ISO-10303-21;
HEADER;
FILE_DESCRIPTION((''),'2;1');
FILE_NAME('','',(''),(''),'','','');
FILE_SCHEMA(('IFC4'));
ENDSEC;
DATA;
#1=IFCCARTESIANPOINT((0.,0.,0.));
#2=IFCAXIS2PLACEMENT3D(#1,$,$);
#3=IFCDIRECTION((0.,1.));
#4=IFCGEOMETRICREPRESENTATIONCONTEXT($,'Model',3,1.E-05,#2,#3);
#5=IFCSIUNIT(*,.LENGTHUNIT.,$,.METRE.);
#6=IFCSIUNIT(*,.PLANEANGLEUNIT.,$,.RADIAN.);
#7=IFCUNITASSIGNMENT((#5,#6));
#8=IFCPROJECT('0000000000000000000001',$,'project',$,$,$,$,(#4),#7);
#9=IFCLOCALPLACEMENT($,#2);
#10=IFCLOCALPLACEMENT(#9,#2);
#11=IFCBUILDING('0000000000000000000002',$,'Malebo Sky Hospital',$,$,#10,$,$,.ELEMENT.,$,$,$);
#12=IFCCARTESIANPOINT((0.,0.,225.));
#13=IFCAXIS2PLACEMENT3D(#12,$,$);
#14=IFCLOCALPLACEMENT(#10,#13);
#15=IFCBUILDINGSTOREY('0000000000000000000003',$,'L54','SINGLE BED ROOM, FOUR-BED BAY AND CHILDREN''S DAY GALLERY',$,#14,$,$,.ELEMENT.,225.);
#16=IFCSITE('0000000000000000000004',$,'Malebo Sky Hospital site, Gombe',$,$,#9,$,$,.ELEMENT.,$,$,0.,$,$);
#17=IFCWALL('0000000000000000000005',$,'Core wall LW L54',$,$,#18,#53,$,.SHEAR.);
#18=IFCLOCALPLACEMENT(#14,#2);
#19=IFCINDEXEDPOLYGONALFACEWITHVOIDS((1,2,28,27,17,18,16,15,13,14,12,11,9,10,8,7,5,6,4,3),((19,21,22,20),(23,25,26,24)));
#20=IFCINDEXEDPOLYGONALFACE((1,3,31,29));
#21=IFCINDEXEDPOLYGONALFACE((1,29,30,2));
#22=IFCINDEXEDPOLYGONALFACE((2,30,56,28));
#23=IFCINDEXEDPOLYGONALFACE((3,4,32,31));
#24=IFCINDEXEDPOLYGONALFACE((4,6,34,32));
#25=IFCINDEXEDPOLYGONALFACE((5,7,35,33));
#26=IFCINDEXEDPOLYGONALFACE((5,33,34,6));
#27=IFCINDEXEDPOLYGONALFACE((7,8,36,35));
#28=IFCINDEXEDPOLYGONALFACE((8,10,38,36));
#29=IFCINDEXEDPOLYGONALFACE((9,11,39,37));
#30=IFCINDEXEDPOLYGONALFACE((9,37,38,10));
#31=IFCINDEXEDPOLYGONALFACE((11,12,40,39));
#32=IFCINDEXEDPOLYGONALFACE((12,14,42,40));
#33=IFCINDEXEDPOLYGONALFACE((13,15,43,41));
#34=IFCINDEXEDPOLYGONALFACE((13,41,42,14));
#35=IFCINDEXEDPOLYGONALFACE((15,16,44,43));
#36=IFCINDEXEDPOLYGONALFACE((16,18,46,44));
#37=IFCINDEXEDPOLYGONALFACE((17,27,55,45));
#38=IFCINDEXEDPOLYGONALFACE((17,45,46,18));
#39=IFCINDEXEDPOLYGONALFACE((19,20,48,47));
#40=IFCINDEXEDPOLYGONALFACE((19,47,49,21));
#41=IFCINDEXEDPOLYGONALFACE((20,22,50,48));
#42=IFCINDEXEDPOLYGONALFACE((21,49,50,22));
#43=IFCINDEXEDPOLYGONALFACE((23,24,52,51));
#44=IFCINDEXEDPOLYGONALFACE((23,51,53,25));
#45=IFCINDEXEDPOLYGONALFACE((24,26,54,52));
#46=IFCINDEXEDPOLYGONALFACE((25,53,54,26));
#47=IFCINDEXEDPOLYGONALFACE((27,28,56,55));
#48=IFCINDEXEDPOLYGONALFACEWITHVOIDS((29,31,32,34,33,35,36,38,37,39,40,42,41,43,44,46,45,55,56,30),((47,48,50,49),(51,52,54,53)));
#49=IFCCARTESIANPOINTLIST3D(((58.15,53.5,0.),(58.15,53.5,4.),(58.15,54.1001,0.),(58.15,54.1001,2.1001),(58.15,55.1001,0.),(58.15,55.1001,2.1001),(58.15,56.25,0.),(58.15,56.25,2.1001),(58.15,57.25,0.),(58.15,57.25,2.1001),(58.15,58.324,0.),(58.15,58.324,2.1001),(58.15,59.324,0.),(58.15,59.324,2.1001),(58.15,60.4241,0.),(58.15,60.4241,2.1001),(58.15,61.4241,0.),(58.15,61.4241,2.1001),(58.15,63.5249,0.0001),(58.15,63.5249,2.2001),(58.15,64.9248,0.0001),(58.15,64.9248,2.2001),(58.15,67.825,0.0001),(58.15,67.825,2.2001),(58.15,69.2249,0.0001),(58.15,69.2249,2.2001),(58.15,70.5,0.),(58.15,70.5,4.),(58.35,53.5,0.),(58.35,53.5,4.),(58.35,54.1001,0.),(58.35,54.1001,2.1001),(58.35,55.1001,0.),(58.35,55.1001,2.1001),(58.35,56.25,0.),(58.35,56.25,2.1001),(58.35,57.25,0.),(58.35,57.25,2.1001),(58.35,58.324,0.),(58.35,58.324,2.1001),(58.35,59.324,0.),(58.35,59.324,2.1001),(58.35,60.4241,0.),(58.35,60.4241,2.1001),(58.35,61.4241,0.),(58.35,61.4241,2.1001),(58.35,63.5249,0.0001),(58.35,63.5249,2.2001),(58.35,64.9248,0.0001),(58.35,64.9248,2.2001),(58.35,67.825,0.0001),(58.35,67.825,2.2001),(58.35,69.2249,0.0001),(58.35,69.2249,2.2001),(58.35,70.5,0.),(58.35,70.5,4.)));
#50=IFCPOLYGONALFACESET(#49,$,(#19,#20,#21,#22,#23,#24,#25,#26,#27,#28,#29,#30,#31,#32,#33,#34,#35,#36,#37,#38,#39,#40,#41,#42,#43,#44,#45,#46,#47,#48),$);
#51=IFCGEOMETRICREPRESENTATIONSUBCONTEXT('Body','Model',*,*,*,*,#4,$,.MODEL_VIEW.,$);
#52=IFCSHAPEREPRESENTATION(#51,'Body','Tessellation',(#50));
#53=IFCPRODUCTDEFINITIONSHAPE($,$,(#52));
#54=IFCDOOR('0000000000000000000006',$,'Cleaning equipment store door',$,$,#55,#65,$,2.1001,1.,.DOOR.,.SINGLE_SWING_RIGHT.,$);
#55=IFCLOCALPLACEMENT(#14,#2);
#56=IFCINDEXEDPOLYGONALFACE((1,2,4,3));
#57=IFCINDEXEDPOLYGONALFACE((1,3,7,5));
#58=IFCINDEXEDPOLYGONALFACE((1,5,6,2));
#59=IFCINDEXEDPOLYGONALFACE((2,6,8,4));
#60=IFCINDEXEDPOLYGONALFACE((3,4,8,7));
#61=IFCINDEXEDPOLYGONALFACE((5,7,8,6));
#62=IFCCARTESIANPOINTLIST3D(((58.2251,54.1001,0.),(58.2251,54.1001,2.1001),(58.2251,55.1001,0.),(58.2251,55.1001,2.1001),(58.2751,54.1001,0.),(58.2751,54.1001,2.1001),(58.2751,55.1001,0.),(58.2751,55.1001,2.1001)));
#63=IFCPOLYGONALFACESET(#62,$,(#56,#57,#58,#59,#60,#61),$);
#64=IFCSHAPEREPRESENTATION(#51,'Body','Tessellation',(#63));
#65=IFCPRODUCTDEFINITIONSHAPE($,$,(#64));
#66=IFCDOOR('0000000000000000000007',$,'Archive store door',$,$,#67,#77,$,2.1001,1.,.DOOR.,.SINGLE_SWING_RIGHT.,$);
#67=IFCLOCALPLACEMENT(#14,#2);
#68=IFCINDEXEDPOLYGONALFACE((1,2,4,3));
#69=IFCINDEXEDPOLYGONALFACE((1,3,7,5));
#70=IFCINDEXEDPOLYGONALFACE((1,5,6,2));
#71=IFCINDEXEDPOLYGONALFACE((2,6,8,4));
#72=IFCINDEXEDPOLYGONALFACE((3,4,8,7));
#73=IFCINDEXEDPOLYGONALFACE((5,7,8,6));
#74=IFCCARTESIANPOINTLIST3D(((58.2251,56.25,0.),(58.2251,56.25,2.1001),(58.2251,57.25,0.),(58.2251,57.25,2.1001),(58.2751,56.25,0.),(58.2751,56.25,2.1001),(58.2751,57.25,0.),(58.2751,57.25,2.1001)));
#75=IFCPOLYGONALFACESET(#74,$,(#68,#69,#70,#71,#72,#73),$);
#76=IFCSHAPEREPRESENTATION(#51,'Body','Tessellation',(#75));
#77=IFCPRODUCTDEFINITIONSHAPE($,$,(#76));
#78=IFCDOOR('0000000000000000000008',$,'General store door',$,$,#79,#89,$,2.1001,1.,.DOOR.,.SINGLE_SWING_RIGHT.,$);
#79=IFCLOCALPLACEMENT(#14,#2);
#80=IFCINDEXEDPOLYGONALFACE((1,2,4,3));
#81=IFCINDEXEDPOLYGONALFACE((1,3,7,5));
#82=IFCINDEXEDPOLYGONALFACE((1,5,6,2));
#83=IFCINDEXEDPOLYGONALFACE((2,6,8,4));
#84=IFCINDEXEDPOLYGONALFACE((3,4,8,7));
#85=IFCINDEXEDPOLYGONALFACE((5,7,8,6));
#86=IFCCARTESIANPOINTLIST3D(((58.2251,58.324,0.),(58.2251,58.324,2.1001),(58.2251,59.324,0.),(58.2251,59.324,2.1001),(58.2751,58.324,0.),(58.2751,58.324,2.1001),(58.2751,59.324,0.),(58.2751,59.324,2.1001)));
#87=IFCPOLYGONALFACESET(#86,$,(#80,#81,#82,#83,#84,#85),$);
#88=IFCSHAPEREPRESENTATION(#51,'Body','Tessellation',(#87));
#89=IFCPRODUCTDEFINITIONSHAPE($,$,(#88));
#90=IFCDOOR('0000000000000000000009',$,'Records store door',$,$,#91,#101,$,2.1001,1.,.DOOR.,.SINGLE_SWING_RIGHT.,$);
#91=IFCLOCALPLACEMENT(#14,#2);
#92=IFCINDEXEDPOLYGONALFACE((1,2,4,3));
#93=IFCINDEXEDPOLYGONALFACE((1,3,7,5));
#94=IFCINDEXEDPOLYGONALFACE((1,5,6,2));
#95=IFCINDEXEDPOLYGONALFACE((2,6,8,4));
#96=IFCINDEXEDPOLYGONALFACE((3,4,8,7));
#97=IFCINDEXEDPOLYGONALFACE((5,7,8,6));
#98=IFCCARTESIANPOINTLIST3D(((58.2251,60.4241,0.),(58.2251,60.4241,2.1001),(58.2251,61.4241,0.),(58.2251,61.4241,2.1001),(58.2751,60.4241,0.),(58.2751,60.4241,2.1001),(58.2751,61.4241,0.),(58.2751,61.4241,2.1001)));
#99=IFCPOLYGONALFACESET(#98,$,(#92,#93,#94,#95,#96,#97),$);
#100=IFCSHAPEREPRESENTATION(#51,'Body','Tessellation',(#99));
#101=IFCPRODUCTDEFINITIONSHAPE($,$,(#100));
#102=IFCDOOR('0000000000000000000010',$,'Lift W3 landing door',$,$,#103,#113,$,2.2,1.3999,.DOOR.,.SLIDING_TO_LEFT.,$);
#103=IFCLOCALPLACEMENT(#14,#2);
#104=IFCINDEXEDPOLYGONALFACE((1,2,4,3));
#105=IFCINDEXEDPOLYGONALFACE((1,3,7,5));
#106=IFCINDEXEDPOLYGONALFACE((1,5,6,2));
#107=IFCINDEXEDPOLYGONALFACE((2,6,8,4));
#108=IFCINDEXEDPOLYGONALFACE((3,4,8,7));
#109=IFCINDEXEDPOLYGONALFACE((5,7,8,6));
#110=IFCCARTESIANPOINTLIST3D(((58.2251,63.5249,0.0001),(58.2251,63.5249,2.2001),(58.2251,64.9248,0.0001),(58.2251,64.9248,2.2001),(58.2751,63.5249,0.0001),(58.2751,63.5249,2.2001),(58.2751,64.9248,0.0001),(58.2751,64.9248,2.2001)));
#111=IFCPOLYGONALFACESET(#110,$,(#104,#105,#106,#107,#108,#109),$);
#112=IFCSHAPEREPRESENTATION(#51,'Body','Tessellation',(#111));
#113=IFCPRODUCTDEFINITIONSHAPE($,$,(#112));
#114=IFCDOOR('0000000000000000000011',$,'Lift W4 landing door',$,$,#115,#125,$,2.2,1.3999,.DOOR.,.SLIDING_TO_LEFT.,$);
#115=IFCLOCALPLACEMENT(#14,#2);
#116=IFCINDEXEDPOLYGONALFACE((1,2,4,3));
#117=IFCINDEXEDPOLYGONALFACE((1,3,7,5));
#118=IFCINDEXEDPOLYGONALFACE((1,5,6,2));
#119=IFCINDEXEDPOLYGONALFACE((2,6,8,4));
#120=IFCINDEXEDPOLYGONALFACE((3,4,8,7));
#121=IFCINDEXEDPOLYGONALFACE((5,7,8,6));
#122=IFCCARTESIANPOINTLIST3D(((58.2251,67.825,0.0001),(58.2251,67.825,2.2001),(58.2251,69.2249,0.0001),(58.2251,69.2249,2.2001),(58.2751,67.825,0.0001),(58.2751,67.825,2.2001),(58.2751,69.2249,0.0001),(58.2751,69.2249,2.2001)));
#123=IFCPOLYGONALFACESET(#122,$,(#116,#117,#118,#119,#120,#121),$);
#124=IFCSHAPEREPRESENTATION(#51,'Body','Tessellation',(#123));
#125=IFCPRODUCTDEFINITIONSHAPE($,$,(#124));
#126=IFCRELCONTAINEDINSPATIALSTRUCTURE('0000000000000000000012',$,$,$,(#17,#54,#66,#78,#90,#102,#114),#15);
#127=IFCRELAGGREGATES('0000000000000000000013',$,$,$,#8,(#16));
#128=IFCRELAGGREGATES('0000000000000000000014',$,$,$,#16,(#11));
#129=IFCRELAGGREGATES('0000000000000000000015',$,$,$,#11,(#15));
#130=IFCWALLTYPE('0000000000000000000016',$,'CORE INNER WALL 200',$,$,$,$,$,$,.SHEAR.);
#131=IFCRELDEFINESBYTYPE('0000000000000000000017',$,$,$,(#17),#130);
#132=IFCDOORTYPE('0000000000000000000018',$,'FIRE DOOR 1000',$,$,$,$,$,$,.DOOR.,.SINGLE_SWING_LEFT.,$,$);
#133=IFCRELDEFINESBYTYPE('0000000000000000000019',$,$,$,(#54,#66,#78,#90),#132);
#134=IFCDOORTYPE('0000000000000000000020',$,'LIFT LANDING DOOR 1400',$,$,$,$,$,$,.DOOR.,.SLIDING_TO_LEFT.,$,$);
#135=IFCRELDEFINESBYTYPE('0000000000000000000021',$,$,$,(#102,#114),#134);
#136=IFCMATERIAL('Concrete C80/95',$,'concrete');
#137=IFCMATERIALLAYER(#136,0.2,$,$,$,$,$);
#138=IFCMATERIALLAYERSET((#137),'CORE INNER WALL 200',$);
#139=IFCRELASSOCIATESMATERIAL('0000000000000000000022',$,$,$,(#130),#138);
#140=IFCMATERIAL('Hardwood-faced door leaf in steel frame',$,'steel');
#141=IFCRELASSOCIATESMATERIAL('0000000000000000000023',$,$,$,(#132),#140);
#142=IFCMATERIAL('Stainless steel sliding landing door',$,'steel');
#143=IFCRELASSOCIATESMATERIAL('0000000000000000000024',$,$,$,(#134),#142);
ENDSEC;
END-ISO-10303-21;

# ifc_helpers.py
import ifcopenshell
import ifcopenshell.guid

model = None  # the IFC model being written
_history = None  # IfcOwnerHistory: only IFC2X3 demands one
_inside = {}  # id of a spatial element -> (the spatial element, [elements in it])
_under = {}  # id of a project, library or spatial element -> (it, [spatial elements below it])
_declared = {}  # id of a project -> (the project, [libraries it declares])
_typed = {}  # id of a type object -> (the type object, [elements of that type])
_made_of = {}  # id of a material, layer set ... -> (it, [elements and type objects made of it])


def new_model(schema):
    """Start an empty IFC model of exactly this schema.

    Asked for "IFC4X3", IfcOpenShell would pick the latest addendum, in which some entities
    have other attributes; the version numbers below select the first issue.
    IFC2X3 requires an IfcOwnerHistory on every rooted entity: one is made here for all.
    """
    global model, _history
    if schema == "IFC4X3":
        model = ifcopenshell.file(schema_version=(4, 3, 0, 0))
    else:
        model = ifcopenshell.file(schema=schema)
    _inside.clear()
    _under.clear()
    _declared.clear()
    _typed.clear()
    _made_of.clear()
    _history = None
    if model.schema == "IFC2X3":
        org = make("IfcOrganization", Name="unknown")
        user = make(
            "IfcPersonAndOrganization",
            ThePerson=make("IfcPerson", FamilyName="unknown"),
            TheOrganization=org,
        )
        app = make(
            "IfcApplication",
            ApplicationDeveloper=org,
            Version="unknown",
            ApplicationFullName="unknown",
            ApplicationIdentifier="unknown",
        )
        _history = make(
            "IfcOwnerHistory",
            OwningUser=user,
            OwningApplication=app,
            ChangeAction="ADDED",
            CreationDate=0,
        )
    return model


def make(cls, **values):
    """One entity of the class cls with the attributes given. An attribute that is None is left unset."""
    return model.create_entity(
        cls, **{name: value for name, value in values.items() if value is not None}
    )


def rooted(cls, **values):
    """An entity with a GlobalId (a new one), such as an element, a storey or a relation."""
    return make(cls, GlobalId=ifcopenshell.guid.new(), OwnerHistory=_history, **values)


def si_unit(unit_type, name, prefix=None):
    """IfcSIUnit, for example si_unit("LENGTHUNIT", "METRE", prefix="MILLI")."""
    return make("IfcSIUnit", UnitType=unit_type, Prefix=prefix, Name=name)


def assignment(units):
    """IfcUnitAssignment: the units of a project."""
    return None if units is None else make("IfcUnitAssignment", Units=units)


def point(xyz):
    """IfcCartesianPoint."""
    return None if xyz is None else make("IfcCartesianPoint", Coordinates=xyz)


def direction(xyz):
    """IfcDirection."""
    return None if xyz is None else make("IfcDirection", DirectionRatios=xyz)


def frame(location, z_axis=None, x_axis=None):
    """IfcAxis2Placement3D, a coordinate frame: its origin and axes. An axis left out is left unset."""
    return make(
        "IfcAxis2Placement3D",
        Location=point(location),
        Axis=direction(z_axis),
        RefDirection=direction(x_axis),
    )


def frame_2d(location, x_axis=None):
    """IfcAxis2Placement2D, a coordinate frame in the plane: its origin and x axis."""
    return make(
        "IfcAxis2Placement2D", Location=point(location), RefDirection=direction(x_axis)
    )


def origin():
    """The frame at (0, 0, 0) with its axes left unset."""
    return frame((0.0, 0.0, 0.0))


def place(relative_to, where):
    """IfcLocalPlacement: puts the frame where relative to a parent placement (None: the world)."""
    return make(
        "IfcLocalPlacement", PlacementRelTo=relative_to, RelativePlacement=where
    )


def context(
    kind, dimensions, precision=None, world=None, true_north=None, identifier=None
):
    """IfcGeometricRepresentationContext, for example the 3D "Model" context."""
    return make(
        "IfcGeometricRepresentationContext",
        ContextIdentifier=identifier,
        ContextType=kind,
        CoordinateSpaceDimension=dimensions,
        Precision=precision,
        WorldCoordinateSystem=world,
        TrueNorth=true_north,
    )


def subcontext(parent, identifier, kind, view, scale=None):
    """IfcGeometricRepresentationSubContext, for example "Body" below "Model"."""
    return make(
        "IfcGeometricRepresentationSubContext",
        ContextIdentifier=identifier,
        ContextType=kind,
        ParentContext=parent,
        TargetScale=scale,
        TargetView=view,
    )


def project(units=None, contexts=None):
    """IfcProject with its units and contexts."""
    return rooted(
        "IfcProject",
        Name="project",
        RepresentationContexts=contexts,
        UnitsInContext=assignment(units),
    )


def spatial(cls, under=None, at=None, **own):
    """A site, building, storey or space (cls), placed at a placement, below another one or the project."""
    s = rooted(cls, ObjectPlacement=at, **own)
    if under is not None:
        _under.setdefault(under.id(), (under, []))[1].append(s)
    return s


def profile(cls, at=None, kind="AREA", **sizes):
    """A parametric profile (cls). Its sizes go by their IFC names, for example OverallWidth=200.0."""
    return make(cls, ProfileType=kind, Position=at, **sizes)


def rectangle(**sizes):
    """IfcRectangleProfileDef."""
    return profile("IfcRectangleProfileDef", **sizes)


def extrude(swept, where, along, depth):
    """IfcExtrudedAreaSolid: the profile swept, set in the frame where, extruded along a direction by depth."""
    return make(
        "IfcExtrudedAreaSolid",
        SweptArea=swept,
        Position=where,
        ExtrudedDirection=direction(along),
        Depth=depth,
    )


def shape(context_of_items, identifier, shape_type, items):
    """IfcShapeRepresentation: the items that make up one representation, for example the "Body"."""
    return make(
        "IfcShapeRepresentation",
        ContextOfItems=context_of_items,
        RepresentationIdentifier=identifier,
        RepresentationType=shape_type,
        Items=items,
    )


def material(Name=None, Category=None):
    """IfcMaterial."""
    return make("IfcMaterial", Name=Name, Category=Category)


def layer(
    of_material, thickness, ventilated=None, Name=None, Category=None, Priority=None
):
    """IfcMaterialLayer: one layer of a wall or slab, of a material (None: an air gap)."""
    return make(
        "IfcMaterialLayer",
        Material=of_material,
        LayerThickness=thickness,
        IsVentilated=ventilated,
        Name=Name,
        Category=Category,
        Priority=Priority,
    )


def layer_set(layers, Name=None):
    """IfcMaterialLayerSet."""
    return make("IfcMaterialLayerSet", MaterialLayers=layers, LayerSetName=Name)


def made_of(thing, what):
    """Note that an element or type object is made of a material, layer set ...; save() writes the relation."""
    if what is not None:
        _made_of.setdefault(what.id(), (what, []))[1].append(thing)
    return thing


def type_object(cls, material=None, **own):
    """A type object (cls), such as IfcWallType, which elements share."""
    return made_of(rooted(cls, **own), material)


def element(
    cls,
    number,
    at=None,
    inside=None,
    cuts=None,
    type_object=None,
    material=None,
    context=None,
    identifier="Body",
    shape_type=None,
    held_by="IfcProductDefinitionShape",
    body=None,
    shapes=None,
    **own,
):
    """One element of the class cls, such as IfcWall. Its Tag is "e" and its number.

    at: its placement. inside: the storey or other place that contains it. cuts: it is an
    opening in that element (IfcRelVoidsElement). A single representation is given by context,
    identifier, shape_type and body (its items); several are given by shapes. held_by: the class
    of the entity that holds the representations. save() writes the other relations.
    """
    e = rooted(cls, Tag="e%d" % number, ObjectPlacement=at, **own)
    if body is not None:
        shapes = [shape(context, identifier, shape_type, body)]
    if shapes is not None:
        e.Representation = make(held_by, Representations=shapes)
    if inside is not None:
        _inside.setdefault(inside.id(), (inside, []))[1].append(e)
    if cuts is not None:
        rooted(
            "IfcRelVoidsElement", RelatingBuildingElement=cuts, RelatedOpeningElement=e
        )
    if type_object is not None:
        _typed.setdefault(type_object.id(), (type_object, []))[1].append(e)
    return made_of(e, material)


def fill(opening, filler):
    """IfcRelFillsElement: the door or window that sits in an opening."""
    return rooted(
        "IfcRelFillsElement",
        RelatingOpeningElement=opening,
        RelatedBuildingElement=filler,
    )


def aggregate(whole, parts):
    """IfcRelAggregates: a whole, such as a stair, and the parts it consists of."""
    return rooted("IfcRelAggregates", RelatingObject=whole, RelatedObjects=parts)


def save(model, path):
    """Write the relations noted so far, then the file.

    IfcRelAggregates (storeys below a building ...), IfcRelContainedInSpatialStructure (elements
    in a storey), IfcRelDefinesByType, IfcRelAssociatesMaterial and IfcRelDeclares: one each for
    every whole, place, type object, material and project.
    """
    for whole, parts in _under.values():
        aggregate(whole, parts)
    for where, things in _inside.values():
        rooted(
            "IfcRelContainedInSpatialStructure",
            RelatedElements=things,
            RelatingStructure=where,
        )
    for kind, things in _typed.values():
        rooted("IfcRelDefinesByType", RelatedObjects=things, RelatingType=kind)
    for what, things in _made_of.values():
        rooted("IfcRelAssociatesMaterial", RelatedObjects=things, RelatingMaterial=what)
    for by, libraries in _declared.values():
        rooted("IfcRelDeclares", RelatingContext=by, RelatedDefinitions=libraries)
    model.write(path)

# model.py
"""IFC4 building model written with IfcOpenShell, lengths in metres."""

from ifc_helpers import new_model, si_unit, direction, frame, frame_2d, origin, place, context, subcontext, project, spatial, rectangle, extrude, material, layer, layer_set, type_object, element, fill, save


model = new_model("IFC4")

# Units and contexts
model_context = context("Model", 3, precision=1e-05, world=origin(), true_north=direction((0.0, 1.0)))
body_context = subcontext(model_context, "Body", "Model", "MODEL_VIEW")
ifc_project = project(units=[si_unit("LENGTHUNIT", "METRE"), si_unit("PLANEANGLEUNIT", "RADIAN")], contexts=[model_context])

# Site, building, storey
site_placement = place(None, origin())
site = spatial("IfcSite", under=ifc_project, at=site_placement, Name="Malebo Sky Hospital site, Gombe", CompositionType="ELEMENT", RefElevation=0.0)
building_placement = place(site_placement, origin())
building = spatial("IfcBuilding", under=site, at=building_placement, Name="Malebo Sky Hospital", CompositionType="ELEMENT")
storey_placement = place(building_placement, frame((0.0, 0.0, 225.0)))
storey = spatial("IfcBuildingStorey", under=building, at=storey_placement, Name="L54", Description="SINGLE BED ROOM, FOUR-BED BAY AND CHILDREN'S DAY GALLERY", CompositionType="ELEMENT", Elevation=225.0)

# Wall, openings, doors
ifc_material_1 = material(Name="Concrete C80/95", Category="concrete")
ifc_layer_1 = layer(ifc_material_1, 0.2)
ifc_layer_set_1 = layer_set([ifc_layer_1], Name="CORE INNER WALL 200")
wall_type_1 = type_object("IfcWallType", Name="CORE INNER WALL 200", PredefinedType="SHEAR", material=ifc_layer_set_1)
wall_1_placement = place(storey_placement, frame((58.25, 53.5, 0.0), z_axis=(0.0, 0.0, 1.0), x_axis=(0.0, 1.0, 0.0)))
wall_1 = element("IfcWall", 1, at=wall_1_placement, inside=storey, type_object=wall_type_1, Name="Core wall LW L54", PredefinedType="SHEAR", context=body_context, shape_type="SweptSolid", body=[
    extrude(rectangle(XDim=17.0, YDim=0.2, at=frame_2d((8.5, 0.0))), origin(), (0.0, 0.0, 1.0), 4.0),
])
opening_1_placement = place(wall_1_placement, frame((0.6001, 0.0, 0.0)))
opening_1 = element("IfcOpeningElement", 2, at=opening_1_placement, cuts=wall_1, PredefinedType="OPENING", context=body_context, shape_type="SweptSolid", body=[
    extrude(rectangle(XDim=1.0, YDim=2.1001, at=frame_2d((0.5, 1.05))), frame((0.0, 0.1099, 0.0), z_axis=(0.0, -1.0, 0.0), x_axis=(1.0, 0.0, 0.0)), (0.0, 0.0, 1.0), 0.22),
])
opening_2_placement = place(wall_1_placement, frame((2.75, 0.0, 0.0)))
opening_2 = element("IfcOpeningElement", 3, at=opening_2_placement, cuts=wall_1, PredefinedType="OPENING", context=body_context, shape_type="SweptSolid", body=[
    extrude(rectangle(XDim=1.0, YDim=2.1001, at=frame_2d((0.5, 1.05))), frame((0.0, 0.1099, 0.0), z_axis=(0.0, -1.0, 0.0), x_axis=(1.0, 0.0, 0.0)), (0.0, 0.0, 1.0), 0.22),
])
opening_3_placement = place(wall_1_placement, frame((4.824, 0.0, 0.0)))
opening_3 = element("IfcOpeningElement", 4, at=opening_3_placement, cuts=wall_1, PredefinedType="OPENING", context=body_context, shape_type="SweptSolid", body=[
    extrude(rectangle(XDim=1.0, YDim=2.1001, at=frame_2d((0.5, 1.05))), frame((0.0, 0.1099, 0.0), z_axis=(0.0, -1.0, 0.0), x_axis=(1.0, 0.0, 0.0)), (0.0, 0.0, 1.0), 0.22),
])
opening_4_placement = place(wall_1_placement, frame((6.9241, 0.0, 0.0)))
opening_4 = element("IfcOpeningElement", 5, at=opening_4_placement, cuts=wall_1, PredefinedType="OPENING", context=body_context, shape_type="SweptSolid", body=[
    extrude(rectangle(XDim=1.0, YDim=2.1001, at=frame_2d((0.5, 1.05))), frame((0.0, 0.1099, 0.0), z_axis=(0.0, -1.0, 0.0), x_axis=(1.0, 0.0, 0.0)), (0.0, 0.0, 1.0), 0.22),
])
opening_5_placement = place(wall_1_placement, frame((10.0249, 0.0, 0.0)))
opening_5 = element("IfcOpeningElement", 6, at=opening_5_placement, cuts=wall_1, PredefinedType="OPENING", context=body_context, shape_type="SweptSolid", body=[
    extrude(rectangle(XDim=1.3999, YDim=2.2, at=frame_2d((0.7, 1.1001))), frame((0.0, 0.1099, 0.0), z_axis=(0.0, -1.0, 0.0), x_axis=(1.0, 0.0, 0.0)), (0.0, 0.0, 1.0), 0.22),
])
opening_6_placement = place(wall_1_placement, frame((14.325, 0.0, 0.0)))
opening_6 = element("IfcOpeningElement", 7, at=opening_6_placement, cuts=wall_1, PredefinedType="OPENING", context=body_context, shape_type="SweptSolid", body=[
    extrude(rectangle(XDim=1.3999, YDim=2.2, at=frame_2d((0.7, 1.1001))), frame((0.0, 0.1099, 0.0), z_axis=(0.0, -1.0, 0.0), x_axis=(1.0, 0.0, 0.0)), (0.0, 0.0, 1.0), 0.22),
])
ifc_material_2 = material(Name="Hardwood-faced door leaf in steel frame", Category="steel")
door_type_1 = type_object("IfcDoorType", Name="FIRE DOOR 1000", OperationType="SINGLE_SWING_LEFT", PredefinedType="DOOR", material=ifc_material_2)
door_1_placement = place(opening_1_placement, origin())
door_1 = element("IfcDoor", 8, at=door_1_placement, inside=storey, type_object=door_type_1, Name="Cleaning equipment store door", OperationType="SINGLE_SWING_RIGHT", OverallHeight=2.1001, OverallWidth=1.0, PredefinedType="DOOR", context=body_context, shape_type="SweptSolid", body=[
    extrude(rectangle(XDim=1.0, YDim=2.1001, at=frame_2d((0.5, 1.05))), frame((0.0, 0.0249, 0.0), z_axis=(0.0, -1.0, 0.0), x_axis=(1.0, 0.0, 0.0)), (0.0, 0.0, 1.0), 0.05),
])
fill(opening_1, door_1)
door_2_placement = place(opening_2_placement, origin())
door_2 = element("IfcDoor", 9, at=door_2_placement, inside=storey, type_object=door_type_1, Name="Archive store door", OperationType="SINGLE_SWING_RIGHT", OverallHeight=2.1001, OverallWidth=1.0, PredefinedType="DOOR", context=body_context, shape_type="SweptSolid", body=[
    extrude(rectangle(XDim=1.0, YDim=2.1001, at=frame_2d((0.5, 1.05))), frame((0.0, 0.0249, 0.0), z_axis=(0.0, -1.0, 0.0), x_axis=(1.0, 0.0, 0.0)), (0.0, 0.0, 1.0), 0.05),
])
fill(opening_2, door_2)
door_3_placement = place(opening_3_placement, origin())
door_3 = element("IfcDoor", 10, at=door_3_placement, inside=storey, type_object=door_type_1, Name="General store door", OperationType="SINGLE_SWING_RIGHT", OverallHeight=2.1001, OverallWidth=1.0, PredefinedType="DOOR", context=body_context, shape_type="SweptSolid", body=[
    extrude(rectangle(XDim=1.0, YDim=2.1001, at=frame_2d((0.5, 1.05))), frame((0.0, 0.0249, 0.0), z_axis=(0.0, -1.0, 0.0), x_axis=(1.0, 0.0, 0.0)), (0.0, 0.0, 1.0), 0.05),
])
fill(opening_3, door_3)
door_4_placement = place(opening_4_placement, origin())
door_4 = element("IfcDoor", 11, at=door_4_placement, inside=storey, type_object=door_type_1, Name="Records store door", OperationType="SINGLE_SWING_RIGHT", OverallHeight=2.1001, OverallWidth=1.0, PredefinedType="DOOR", context=body_context, shape_type="SweptSolid", body=[
    extrude(rectangle(XDim=1.0, YDim=2.1001, at=frame_2d((0.5, 1.05))), frame((0.0, 0.0249, 0.0), z_axis=(0.0, -1.0, 0.0), x_axis=(1.0, 0.0, 0.0)), (0.0, 0.0, 1.0), 0.05),
])
fill(opening_4, door_4)
ifc_material_3 = material(Name="Stainless steel sliding landing door", Category="steel")
door_type_2 = type_object("IfcDoorType", Name="LIFT LANDING DOOR 1400", OperationType="SLIDING_TO_LEFT", PredefinedType="DOOR", material=ifc_material_3)
door_5_placement = place(opening_5_placement, origin())
door_5 = element("IfcDoor", 12, at=door_5_placement, inside=storey, type_object=door_type_2, Name="Lift W3 landing door", OperationType="SLIDING_TO_LEFT", OverallHeight=2.2, OverallWidth=1.3999, PredefinedType="DOOR", context=body_context, shape_type="SweptSolid", body=[
    extrude(rectangle(XDim=1.3999, YDim=2.2, at=frame_2d((0.7, 1.1001))), frame((0.0, 0.0249, 0.0), z_axis=(0.0, -1.0, 0.0), x_axis=(1.0, 0.0, 0.0)), (0.0, 0.0, 1.0), 0.05),
])
fill(opening_5, door_5)
door_6_placement = place(opening_6_placement, origin())
door_6 = element("IfcDoor", 13, at=door_6_placement, inside=storey, type_object=door_type_2, Name="Lift W4 landing door", OperationType="SLIDING_TO_LEFT", OverallHeight=2.2, OverallWidth=1.3999, PredefinedType="DOOR", context=body_context, shape_type="SweptSolid", body=[
    extrude(rectangle(XDim=1.3999, YDim=2.2, at=frame_2d((0.7, 1.1001))), frame((0.0, 0.0249, 0.0), z_axis=(0.0, -1.0, 0.0), x_axis=(1.0, 0.0, 0.0)), (0.0, 0.0, 1.0), 0.05),
])
fill(opening_6, door_6)

save(model, "model.ifc")
